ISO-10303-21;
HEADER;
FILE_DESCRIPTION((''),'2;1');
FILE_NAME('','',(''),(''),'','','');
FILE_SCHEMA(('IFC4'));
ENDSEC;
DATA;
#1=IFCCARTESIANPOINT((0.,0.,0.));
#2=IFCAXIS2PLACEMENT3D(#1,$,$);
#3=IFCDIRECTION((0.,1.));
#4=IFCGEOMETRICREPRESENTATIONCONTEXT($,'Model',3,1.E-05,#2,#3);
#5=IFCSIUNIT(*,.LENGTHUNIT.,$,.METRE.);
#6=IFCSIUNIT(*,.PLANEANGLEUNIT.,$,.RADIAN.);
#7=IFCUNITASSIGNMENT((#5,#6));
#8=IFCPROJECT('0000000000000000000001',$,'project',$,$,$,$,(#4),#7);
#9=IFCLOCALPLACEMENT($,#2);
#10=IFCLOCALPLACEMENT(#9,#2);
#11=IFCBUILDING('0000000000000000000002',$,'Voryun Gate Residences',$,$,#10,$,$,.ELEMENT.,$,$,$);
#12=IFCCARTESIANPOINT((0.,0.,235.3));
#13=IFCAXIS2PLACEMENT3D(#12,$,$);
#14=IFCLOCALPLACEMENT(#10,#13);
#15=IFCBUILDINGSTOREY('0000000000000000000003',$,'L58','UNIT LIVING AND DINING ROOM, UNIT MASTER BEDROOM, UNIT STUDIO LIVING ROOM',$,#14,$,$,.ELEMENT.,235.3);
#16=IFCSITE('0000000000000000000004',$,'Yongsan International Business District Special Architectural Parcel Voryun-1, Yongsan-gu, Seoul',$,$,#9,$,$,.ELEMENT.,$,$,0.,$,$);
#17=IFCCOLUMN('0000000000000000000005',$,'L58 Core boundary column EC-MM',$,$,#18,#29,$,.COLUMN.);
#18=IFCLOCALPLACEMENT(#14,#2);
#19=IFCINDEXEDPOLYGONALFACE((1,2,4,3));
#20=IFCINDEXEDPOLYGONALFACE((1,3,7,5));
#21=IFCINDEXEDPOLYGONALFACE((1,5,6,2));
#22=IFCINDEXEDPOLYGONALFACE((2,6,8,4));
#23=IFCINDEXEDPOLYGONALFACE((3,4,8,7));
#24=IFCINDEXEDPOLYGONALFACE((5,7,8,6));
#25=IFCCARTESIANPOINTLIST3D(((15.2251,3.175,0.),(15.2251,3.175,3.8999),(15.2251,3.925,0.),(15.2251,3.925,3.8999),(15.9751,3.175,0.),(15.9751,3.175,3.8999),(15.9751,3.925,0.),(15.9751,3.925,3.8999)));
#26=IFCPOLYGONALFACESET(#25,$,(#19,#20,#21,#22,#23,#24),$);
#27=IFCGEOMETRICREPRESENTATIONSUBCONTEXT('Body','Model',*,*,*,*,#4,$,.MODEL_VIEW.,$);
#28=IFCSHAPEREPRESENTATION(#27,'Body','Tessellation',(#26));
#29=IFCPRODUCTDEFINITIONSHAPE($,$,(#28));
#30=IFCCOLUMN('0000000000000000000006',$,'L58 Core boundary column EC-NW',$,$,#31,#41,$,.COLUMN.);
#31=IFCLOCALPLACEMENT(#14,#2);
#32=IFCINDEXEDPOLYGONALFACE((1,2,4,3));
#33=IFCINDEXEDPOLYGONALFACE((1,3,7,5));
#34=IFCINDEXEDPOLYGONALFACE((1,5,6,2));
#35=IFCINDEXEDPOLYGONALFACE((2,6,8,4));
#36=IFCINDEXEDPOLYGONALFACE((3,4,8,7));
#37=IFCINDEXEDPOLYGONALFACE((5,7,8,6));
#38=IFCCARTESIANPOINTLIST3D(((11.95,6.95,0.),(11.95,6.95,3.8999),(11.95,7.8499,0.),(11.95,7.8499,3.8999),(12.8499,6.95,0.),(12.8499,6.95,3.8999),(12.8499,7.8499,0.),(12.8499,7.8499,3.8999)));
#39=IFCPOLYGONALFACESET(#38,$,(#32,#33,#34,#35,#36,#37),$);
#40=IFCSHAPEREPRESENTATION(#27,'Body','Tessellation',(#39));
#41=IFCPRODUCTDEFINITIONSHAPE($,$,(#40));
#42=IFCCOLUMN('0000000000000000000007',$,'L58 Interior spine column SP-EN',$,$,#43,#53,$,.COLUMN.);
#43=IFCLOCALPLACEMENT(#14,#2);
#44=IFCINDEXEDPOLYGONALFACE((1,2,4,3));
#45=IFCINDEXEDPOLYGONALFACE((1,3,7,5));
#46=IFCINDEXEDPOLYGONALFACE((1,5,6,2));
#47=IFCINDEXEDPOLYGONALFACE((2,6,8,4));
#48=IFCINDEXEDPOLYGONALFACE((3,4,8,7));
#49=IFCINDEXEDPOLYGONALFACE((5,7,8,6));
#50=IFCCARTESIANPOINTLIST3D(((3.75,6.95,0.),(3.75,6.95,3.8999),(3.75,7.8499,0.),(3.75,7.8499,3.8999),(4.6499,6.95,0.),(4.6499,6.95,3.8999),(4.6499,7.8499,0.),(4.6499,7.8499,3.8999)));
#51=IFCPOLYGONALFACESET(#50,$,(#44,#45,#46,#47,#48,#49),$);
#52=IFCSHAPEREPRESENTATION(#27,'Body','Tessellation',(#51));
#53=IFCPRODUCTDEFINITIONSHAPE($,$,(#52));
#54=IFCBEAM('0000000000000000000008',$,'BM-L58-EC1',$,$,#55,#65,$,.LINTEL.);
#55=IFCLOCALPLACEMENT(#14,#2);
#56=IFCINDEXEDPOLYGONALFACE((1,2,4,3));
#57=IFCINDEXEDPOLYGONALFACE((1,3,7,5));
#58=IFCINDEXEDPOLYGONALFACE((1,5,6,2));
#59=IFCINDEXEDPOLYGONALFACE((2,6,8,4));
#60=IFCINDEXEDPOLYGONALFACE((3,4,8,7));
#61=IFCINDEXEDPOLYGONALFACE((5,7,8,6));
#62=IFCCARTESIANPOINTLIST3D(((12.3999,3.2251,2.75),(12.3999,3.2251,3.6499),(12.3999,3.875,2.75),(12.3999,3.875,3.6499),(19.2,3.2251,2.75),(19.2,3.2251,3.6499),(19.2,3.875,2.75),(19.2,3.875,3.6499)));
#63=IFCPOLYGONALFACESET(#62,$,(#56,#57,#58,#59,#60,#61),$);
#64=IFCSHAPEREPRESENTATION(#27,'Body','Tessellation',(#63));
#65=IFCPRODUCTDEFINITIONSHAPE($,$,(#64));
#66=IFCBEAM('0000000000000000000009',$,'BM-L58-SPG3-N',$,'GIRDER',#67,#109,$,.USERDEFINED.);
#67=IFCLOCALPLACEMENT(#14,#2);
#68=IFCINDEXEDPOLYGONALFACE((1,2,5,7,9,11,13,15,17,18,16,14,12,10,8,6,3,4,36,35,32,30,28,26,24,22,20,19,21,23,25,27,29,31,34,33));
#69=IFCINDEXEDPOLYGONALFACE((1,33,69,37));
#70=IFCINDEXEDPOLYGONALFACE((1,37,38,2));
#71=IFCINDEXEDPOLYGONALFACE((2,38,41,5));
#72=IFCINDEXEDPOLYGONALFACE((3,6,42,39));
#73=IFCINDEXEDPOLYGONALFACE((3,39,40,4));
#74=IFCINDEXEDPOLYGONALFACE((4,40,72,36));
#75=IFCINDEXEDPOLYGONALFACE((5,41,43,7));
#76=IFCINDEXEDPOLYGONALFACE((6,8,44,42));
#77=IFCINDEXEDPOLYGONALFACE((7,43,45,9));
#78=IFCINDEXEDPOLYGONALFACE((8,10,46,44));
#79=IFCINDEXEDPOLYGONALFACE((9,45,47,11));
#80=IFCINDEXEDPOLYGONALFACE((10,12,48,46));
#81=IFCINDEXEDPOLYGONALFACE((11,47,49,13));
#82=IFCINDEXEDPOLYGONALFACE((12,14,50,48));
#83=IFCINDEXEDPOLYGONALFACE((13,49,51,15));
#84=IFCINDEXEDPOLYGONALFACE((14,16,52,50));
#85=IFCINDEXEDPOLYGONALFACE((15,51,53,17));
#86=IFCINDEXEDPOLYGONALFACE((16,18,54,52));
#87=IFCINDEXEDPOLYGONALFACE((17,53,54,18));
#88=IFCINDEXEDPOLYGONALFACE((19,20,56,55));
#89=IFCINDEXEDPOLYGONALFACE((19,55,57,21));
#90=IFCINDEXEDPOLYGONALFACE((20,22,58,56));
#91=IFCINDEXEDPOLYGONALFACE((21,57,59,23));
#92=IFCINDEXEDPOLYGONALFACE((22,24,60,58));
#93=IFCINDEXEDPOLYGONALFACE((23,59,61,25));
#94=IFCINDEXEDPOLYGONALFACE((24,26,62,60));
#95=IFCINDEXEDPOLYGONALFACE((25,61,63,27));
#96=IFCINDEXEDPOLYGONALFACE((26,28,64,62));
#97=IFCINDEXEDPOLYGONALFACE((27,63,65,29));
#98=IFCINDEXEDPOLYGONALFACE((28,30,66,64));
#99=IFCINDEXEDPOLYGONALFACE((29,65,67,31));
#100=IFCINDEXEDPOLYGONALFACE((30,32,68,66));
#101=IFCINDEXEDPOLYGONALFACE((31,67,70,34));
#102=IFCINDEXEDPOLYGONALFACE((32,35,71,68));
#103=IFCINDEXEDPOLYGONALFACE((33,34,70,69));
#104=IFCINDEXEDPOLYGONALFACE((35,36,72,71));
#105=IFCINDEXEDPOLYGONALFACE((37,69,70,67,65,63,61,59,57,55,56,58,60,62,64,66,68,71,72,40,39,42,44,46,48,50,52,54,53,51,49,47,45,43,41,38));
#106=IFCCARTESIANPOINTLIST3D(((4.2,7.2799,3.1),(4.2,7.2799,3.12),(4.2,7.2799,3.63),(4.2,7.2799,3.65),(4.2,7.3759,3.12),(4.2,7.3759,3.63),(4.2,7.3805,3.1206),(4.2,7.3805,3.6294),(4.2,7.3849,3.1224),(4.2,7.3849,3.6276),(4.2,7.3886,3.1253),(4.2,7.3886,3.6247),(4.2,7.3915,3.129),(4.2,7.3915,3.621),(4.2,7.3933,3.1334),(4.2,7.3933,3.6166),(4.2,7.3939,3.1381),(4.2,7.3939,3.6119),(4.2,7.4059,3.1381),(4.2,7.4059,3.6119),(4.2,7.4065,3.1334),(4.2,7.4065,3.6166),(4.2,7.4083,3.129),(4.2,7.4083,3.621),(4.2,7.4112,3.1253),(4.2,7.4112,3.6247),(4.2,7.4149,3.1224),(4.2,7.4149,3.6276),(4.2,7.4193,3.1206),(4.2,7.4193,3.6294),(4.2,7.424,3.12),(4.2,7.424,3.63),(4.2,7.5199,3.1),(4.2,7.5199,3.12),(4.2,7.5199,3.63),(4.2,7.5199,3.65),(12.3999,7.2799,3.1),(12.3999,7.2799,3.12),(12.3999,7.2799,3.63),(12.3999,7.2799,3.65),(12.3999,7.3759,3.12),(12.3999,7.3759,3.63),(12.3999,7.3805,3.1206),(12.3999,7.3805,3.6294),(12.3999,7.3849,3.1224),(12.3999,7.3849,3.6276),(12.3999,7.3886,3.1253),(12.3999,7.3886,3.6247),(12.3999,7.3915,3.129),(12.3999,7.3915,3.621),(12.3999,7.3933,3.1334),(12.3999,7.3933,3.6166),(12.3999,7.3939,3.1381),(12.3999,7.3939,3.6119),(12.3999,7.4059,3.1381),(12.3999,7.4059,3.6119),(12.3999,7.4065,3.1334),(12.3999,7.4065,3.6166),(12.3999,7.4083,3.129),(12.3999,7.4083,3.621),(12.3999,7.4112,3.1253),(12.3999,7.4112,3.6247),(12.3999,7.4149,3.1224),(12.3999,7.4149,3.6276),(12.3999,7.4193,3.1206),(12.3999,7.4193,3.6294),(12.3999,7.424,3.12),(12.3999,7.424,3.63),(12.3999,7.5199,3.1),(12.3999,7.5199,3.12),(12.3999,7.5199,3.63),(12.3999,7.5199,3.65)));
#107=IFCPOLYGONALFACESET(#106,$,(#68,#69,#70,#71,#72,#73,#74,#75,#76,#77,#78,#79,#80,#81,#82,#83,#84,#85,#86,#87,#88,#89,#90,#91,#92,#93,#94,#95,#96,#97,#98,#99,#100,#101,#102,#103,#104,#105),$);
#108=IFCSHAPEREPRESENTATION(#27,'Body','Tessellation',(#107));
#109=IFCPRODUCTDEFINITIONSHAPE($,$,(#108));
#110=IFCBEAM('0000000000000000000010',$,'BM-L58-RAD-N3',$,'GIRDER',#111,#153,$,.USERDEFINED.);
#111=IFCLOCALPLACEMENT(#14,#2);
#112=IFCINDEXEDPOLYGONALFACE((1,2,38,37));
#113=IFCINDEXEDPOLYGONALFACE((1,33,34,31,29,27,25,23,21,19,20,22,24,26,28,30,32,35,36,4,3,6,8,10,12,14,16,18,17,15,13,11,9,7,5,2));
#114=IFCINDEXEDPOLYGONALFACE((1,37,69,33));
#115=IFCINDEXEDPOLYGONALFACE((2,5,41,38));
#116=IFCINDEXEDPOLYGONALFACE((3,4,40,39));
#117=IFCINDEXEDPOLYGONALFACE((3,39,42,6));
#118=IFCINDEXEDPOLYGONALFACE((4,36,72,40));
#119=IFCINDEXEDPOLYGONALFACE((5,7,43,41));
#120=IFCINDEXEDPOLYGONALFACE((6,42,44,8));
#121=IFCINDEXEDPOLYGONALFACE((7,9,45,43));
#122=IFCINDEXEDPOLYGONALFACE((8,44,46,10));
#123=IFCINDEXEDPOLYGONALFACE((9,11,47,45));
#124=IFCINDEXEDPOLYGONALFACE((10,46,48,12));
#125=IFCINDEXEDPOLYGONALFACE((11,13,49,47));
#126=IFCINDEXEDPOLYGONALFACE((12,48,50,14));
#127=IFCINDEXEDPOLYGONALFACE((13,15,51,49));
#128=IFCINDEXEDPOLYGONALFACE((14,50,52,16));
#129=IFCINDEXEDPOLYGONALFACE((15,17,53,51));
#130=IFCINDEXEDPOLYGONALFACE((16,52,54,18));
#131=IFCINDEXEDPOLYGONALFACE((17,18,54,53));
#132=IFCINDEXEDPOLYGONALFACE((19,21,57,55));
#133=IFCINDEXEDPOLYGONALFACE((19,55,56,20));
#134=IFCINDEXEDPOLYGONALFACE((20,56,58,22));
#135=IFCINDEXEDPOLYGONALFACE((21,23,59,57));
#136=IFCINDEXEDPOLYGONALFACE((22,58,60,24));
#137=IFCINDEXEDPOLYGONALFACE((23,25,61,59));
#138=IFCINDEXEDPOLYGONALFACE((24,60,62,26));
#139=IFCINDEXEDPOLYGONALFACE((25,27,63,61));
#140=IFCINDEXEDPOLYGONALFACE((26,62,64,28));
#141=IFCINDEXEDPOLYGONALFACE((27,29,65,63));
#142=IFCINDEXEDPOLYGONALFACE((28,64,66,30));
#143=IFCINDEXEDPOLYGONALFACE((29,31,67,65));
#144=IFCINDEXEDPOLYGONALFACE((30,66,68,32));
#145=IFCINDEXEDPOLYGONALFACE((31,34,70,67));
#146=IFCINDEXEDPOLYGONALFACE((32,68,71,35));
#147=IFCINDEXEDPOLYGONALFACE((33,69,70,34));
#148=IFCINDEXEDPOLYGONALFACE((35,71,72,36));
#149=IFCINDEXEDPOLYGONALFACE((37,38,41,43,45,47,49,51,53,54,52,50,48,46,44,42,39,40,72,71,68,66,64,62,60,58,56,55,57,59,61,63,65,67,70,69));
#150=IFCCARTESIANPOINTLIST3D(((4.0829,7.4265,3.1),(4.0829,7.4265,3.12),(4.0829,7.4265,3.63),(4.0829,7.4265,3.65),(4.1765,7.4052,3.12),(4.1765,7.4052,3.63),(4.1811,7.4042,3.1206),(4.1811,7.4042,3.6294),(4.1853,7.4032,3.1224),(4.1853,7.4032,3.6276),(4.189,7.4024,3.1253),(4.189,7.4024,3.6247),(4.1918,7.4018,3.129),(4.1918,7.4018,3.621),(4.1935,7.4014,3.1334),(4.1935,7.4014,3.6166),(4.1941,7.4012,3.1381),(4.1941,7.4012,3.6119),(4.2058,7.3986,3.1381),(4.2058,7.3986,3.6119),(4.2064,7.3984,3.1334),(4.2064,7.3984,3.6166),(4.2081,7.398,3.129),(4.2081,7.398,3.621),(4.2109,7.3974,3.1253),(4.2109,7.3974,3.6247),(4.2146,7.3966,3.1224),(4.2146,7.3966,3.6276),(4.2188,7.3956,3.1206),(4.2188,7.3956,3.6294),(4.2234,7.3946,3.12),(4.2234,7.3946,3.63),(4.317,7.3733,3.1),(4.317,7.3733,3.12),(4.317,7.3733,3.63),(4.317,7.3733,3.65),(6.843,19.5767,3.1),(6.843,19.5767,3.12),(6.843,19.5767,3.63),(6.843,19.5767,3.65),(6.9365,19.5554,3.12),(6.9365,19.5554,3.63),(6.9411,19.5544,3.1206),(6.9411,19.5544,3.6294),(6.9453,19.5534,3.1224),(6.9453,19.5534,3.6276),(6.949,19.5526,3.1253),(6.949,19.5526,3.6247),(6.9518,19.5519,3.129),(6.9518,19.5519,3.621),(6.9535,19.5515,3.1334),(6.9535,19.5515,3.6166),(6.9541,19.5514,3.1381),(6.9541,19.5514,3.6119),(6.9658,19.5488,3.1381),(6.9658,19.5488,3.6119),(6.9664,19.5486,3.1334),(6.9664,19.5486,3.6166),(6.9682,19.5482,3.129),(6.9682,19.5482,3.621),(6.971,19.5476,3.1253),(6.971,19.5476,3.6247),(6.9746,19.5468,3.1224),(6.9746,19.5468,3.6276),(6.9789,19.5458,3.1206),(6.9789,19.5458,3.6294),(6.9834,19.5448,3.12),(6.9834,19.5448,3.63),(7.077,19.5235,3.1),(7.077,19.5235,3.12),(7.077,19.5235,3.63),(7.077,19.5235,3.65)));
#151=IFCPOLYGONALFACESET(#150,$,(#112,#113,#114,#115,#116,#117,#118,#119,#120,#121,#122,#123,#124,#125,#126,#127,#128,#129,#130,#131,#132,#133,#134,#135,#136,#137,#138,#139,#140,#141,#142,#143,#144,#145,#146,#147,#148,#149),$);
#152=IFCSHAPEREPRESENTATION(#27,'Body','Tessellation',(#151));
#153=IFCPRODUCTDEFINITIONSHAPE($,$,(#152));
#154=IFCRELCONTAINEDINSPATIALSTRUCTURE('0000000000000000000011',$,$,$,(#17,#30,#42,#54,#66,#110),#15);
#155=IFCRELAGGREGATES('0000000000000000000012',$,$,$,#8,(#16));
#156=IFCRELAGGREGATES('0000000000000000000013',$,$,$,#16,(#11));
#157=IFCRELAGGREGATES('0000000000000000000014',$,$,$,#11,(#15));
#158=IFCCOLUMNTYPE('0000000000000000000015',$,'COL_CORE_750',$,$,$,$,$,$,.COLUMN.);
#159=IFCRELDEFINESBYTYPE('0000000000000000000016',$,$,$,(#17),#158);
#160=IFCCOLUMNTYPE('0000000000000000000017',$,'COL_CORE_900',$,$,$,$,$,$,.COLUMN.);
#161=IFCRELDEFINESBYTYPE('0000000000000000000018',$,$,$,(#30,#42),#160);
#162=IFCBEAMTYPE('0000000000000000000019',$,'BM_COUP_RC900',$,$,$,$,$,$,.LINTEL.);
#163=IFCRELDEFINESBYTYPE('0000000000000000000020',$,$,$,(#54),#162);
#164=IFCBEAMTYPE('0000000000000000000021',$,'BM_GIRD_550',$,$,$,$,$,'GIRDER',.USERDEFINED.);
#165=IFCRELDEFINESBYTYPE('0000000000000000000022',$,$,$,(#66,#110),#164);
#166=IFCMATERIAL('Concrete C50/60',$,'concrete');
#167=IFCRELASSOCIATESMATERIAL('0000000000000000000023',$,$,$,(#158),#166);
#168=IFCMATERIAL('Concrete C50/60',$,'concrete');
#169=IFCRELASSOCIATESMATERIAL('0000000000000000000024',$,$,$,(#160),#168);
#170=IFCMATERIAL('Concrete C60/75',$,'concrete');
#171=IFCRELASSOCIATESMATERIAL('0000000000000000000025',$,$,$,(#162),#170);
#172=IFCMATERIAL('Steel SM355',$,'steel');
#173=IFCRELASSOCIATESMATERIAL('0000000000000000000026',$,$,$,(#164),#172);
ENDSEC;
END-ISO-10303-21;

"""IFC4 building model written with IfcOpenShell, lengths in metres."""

from ifc_helpers import new_model, si_unit, direction, frame, origin, origin_2d, place, context, subcontext, project, spatial, rectangle, i_section, extrude, material, material_profile, profile_set, type_object, element, save


model = new_model("IFC4")

# Units and contexts
model_context = context("Model", 3, precision=1e-05, world=origin(), true_north=direction((0.0, 1.0)))
body_context = subcontext(model_context, "Body", "Model", "MODEL_VIEW")
ifc_project = project(units=[si_unit("LENGTHUNIT", "METRE"), si_unit("PLANEANGLEUNIT", "RADIAN")], contexts=[model_context])

# Site, building, storey
site_placement = place(None, origin())
site = spatial("IfcSite", under=ifc_project, at=site_placement, Name="Yongsan International Business District Special Architectural Parcel Voryun-1, Yongsan-gu, Seoul", CompositionType="ELEMENT", RefElevation=0.0)
building_placement = place(site_placement, origin())
building = spatial("IfcBuilding", under=site, at=building_placement, Name="Voryun Gate Residences", CompositionType="ELEMENT")
storey_placement = place(building_placement, frame((0.0, 0.0, 235.3)))
storey = spatial("IfcBuildingStorey", under=building, at=storey_placement, Name="L58", Description="UNIT LIVING AND DINING ROOM, UNIT MASTER BEDROOM, UNIT STUDIO LIVING ROOM", CompositionType="ELEMENT", Elevation=235.3)

# Columns
ifc_material_1 = material(Name="Concrete C50/60", Category="concrete")
ifc_material_profile_1 = material_profile(ifc_material_1, rectangle(XDim=0.75, YDim=0.75, at=origin_2d()), Name="RC-750x750")
ifc_profile_set_1 = profile_set([ifc_material_profile_1], Name="Concrete C50/60")
column_type_1 = type_object("IfcColumnType", Name="COL_CORE_750", PredefinedType="COLUMN", material=ifc_profile_set_1)
column_placement = place(storey_placement, frame((15.6001, 3.55, 0.0), z_axis=(0.0, 0.0, 1.0), x_axis=(1.0, 0.0, 0.0)))
element("IfcColumn", 1, at=column_placement, inside=storey, type_object=column_type_1, Name="L58 Core boundary column EC-MM", PredefinedType="COLUMN", context=body_context, shape_type="SweptSolid", body=[
    extrude(rectangle(XDim=0.75, YDim=0.75, at=origin_2d()), origin(), (0.0, 0.0, 1.0), 3.8999),
])
ifc_material_2 = material(Name="Concrete C50/60", Category="concrete")
ifc_material_profile_2 = material_profile(ifc_material_2, rectangle(XDim=0.8999, YDim=0.8999, at=origin_2d()), Name="RC-900x900")
ifc_profile_set_2 = profile_set([ifc_material_profile_2], Name="Concrete C50/60")
column_type_2 = type_object("IfcColumnType", Name="COL_CORE_900", PredefinedType="COLUMN", material=ifc_profile_set_2)
for number, where, z_axis, x_axis, name in (
    (2, (12.3999, 7.3999, 0.0), (0.0, 0.0, 1.0), (1.0, 0.0, 0.0), "L58 Core boundary column EC-NW"),
    (3, (4.2, 7.3999, 0.0), (0.0, 0.0, 1.0), (1.0, 0.0, 0.0), "L58 Interior spine column SP-EN"),
):
    element("IfcColumn", number, at=place(storey_placement, frame(where, z_axis=z_axis, x_axis=x_axis)), inside=storey, type_object=column_type_2, Name=name, PredefinedType="COLUMN", context=body_context, shape_type="SweptSolid", body=[
        extrude(rectangle(XDim=0.8999, YDim=0.8999, at=origin_2d()), origin(), (0.0, 0.0, 1.0), 3.8999),
    ])

# Beams
ifc_material_3 = material(Name="Concrete C60/75", Category="concrete")
ifc_material_profile_3 = material_profile(ifc_material_3, rectangle(XDim=0.6499, YDim=0.8999, at=origin_2d()), Name="RC-650x900")
ifc_profile_set_3 = profile_set([ifc_material_profile_3], Name="Concrete C60/75")
beam_type_1 = type_object("IfcBeamType", Name="BM_COUP_RC900", PredefinedType="LINTEL", material=ifc_profile_set_3)
beam_1_placement = place(storey_placement, frame((12.3999, 3.55, 3.2), z_axis=(1.0, 0.0, 0.0), x_axis=(0.0, 1.0, 0.0)))
element("IfcBeam", 4, at=beam_1_placement, inside=storey, type_object=beam_type_1, Name="BM-L58-EC1", PredefinedType="LINTEL", context=body_context, shape_type="SweptSolid", body=[
    extrude(rectangle(XDim=0.6499, YDim=0.8999, at=origin_2d()), origin(), (0.0, 0.0, 1.0), 6.8),
])
ifc_material_4 = material(Name="Steel SM355", Category="steel")
ifc_material_profile_4 = material_profile(ifc_material_4, i_section(OverallWidth=0.24, OverallDepth=0.55, WebThickness=0.012, FlangeThickness=0.02, FilletRadius=0.0181, at=origin_2d()), Name="H-550x240x12x20")
ifc_profile_set_4 = profile_set([ifc_material_profile_4], Name="Steel SM355")
beam_type_2 = type_object("IfcBeamType", Name="BM_GIRD_550", ElementType="GIRDER", PredefinedType="USERDEFINED", material=ifc_profile_set_4)
beam_2_placement = place(storey_placement, frame((4.2, 7.3999, 3.375), z_axis=(1.0, 0.0, 0.0), x_axis=(0.0, 1.0, 0.0)))
element("IfcBeam", 5, at=beam_2_placement, inside=storey, type_object=beam_type_2, Name="BM-L58-SPG3-N", ObjectType="GIRDER", PredefinedType="USERDEFINED", context=body_context, shape_type="SweptSolid", body=[
    extrude(i_section(OverallWidth=0.24, OverallDepth=0.55, WebThickness=0.012, FlangeThickness=0.02, FilletRadius=0.0181, at=origin_2d()), origin(), (0.0, 0.0, 1.0), 8.2),
])
beam_3_placement = place(storey_placement, frame((4.2, 7.3999, 3.375), z_axis=(0.221515, 0.975157, 0.0), x_axis=(-0.975157, 0.221515, 0.0)))
element("IfcBeam", 6, at=beam_3_placement, inside=storey, type_object=beam_type_2, Name="BM-L58-RAD-N3", ObjectType="GIRDER", PredefinedType="USERDEFINED", context=body_context, shape_type="SweptSolid", body=[
    extrude(i_section(OverallWidth=0.24, OverallDepth=0.55, WebThickness=0.012, FlangeThickness=0.02, FilletRadius=0.0181, at=origin_2d()), origin(), (0.0, 0.0, 1.0), 12.4597),
])

save(model, "model.ifc")
